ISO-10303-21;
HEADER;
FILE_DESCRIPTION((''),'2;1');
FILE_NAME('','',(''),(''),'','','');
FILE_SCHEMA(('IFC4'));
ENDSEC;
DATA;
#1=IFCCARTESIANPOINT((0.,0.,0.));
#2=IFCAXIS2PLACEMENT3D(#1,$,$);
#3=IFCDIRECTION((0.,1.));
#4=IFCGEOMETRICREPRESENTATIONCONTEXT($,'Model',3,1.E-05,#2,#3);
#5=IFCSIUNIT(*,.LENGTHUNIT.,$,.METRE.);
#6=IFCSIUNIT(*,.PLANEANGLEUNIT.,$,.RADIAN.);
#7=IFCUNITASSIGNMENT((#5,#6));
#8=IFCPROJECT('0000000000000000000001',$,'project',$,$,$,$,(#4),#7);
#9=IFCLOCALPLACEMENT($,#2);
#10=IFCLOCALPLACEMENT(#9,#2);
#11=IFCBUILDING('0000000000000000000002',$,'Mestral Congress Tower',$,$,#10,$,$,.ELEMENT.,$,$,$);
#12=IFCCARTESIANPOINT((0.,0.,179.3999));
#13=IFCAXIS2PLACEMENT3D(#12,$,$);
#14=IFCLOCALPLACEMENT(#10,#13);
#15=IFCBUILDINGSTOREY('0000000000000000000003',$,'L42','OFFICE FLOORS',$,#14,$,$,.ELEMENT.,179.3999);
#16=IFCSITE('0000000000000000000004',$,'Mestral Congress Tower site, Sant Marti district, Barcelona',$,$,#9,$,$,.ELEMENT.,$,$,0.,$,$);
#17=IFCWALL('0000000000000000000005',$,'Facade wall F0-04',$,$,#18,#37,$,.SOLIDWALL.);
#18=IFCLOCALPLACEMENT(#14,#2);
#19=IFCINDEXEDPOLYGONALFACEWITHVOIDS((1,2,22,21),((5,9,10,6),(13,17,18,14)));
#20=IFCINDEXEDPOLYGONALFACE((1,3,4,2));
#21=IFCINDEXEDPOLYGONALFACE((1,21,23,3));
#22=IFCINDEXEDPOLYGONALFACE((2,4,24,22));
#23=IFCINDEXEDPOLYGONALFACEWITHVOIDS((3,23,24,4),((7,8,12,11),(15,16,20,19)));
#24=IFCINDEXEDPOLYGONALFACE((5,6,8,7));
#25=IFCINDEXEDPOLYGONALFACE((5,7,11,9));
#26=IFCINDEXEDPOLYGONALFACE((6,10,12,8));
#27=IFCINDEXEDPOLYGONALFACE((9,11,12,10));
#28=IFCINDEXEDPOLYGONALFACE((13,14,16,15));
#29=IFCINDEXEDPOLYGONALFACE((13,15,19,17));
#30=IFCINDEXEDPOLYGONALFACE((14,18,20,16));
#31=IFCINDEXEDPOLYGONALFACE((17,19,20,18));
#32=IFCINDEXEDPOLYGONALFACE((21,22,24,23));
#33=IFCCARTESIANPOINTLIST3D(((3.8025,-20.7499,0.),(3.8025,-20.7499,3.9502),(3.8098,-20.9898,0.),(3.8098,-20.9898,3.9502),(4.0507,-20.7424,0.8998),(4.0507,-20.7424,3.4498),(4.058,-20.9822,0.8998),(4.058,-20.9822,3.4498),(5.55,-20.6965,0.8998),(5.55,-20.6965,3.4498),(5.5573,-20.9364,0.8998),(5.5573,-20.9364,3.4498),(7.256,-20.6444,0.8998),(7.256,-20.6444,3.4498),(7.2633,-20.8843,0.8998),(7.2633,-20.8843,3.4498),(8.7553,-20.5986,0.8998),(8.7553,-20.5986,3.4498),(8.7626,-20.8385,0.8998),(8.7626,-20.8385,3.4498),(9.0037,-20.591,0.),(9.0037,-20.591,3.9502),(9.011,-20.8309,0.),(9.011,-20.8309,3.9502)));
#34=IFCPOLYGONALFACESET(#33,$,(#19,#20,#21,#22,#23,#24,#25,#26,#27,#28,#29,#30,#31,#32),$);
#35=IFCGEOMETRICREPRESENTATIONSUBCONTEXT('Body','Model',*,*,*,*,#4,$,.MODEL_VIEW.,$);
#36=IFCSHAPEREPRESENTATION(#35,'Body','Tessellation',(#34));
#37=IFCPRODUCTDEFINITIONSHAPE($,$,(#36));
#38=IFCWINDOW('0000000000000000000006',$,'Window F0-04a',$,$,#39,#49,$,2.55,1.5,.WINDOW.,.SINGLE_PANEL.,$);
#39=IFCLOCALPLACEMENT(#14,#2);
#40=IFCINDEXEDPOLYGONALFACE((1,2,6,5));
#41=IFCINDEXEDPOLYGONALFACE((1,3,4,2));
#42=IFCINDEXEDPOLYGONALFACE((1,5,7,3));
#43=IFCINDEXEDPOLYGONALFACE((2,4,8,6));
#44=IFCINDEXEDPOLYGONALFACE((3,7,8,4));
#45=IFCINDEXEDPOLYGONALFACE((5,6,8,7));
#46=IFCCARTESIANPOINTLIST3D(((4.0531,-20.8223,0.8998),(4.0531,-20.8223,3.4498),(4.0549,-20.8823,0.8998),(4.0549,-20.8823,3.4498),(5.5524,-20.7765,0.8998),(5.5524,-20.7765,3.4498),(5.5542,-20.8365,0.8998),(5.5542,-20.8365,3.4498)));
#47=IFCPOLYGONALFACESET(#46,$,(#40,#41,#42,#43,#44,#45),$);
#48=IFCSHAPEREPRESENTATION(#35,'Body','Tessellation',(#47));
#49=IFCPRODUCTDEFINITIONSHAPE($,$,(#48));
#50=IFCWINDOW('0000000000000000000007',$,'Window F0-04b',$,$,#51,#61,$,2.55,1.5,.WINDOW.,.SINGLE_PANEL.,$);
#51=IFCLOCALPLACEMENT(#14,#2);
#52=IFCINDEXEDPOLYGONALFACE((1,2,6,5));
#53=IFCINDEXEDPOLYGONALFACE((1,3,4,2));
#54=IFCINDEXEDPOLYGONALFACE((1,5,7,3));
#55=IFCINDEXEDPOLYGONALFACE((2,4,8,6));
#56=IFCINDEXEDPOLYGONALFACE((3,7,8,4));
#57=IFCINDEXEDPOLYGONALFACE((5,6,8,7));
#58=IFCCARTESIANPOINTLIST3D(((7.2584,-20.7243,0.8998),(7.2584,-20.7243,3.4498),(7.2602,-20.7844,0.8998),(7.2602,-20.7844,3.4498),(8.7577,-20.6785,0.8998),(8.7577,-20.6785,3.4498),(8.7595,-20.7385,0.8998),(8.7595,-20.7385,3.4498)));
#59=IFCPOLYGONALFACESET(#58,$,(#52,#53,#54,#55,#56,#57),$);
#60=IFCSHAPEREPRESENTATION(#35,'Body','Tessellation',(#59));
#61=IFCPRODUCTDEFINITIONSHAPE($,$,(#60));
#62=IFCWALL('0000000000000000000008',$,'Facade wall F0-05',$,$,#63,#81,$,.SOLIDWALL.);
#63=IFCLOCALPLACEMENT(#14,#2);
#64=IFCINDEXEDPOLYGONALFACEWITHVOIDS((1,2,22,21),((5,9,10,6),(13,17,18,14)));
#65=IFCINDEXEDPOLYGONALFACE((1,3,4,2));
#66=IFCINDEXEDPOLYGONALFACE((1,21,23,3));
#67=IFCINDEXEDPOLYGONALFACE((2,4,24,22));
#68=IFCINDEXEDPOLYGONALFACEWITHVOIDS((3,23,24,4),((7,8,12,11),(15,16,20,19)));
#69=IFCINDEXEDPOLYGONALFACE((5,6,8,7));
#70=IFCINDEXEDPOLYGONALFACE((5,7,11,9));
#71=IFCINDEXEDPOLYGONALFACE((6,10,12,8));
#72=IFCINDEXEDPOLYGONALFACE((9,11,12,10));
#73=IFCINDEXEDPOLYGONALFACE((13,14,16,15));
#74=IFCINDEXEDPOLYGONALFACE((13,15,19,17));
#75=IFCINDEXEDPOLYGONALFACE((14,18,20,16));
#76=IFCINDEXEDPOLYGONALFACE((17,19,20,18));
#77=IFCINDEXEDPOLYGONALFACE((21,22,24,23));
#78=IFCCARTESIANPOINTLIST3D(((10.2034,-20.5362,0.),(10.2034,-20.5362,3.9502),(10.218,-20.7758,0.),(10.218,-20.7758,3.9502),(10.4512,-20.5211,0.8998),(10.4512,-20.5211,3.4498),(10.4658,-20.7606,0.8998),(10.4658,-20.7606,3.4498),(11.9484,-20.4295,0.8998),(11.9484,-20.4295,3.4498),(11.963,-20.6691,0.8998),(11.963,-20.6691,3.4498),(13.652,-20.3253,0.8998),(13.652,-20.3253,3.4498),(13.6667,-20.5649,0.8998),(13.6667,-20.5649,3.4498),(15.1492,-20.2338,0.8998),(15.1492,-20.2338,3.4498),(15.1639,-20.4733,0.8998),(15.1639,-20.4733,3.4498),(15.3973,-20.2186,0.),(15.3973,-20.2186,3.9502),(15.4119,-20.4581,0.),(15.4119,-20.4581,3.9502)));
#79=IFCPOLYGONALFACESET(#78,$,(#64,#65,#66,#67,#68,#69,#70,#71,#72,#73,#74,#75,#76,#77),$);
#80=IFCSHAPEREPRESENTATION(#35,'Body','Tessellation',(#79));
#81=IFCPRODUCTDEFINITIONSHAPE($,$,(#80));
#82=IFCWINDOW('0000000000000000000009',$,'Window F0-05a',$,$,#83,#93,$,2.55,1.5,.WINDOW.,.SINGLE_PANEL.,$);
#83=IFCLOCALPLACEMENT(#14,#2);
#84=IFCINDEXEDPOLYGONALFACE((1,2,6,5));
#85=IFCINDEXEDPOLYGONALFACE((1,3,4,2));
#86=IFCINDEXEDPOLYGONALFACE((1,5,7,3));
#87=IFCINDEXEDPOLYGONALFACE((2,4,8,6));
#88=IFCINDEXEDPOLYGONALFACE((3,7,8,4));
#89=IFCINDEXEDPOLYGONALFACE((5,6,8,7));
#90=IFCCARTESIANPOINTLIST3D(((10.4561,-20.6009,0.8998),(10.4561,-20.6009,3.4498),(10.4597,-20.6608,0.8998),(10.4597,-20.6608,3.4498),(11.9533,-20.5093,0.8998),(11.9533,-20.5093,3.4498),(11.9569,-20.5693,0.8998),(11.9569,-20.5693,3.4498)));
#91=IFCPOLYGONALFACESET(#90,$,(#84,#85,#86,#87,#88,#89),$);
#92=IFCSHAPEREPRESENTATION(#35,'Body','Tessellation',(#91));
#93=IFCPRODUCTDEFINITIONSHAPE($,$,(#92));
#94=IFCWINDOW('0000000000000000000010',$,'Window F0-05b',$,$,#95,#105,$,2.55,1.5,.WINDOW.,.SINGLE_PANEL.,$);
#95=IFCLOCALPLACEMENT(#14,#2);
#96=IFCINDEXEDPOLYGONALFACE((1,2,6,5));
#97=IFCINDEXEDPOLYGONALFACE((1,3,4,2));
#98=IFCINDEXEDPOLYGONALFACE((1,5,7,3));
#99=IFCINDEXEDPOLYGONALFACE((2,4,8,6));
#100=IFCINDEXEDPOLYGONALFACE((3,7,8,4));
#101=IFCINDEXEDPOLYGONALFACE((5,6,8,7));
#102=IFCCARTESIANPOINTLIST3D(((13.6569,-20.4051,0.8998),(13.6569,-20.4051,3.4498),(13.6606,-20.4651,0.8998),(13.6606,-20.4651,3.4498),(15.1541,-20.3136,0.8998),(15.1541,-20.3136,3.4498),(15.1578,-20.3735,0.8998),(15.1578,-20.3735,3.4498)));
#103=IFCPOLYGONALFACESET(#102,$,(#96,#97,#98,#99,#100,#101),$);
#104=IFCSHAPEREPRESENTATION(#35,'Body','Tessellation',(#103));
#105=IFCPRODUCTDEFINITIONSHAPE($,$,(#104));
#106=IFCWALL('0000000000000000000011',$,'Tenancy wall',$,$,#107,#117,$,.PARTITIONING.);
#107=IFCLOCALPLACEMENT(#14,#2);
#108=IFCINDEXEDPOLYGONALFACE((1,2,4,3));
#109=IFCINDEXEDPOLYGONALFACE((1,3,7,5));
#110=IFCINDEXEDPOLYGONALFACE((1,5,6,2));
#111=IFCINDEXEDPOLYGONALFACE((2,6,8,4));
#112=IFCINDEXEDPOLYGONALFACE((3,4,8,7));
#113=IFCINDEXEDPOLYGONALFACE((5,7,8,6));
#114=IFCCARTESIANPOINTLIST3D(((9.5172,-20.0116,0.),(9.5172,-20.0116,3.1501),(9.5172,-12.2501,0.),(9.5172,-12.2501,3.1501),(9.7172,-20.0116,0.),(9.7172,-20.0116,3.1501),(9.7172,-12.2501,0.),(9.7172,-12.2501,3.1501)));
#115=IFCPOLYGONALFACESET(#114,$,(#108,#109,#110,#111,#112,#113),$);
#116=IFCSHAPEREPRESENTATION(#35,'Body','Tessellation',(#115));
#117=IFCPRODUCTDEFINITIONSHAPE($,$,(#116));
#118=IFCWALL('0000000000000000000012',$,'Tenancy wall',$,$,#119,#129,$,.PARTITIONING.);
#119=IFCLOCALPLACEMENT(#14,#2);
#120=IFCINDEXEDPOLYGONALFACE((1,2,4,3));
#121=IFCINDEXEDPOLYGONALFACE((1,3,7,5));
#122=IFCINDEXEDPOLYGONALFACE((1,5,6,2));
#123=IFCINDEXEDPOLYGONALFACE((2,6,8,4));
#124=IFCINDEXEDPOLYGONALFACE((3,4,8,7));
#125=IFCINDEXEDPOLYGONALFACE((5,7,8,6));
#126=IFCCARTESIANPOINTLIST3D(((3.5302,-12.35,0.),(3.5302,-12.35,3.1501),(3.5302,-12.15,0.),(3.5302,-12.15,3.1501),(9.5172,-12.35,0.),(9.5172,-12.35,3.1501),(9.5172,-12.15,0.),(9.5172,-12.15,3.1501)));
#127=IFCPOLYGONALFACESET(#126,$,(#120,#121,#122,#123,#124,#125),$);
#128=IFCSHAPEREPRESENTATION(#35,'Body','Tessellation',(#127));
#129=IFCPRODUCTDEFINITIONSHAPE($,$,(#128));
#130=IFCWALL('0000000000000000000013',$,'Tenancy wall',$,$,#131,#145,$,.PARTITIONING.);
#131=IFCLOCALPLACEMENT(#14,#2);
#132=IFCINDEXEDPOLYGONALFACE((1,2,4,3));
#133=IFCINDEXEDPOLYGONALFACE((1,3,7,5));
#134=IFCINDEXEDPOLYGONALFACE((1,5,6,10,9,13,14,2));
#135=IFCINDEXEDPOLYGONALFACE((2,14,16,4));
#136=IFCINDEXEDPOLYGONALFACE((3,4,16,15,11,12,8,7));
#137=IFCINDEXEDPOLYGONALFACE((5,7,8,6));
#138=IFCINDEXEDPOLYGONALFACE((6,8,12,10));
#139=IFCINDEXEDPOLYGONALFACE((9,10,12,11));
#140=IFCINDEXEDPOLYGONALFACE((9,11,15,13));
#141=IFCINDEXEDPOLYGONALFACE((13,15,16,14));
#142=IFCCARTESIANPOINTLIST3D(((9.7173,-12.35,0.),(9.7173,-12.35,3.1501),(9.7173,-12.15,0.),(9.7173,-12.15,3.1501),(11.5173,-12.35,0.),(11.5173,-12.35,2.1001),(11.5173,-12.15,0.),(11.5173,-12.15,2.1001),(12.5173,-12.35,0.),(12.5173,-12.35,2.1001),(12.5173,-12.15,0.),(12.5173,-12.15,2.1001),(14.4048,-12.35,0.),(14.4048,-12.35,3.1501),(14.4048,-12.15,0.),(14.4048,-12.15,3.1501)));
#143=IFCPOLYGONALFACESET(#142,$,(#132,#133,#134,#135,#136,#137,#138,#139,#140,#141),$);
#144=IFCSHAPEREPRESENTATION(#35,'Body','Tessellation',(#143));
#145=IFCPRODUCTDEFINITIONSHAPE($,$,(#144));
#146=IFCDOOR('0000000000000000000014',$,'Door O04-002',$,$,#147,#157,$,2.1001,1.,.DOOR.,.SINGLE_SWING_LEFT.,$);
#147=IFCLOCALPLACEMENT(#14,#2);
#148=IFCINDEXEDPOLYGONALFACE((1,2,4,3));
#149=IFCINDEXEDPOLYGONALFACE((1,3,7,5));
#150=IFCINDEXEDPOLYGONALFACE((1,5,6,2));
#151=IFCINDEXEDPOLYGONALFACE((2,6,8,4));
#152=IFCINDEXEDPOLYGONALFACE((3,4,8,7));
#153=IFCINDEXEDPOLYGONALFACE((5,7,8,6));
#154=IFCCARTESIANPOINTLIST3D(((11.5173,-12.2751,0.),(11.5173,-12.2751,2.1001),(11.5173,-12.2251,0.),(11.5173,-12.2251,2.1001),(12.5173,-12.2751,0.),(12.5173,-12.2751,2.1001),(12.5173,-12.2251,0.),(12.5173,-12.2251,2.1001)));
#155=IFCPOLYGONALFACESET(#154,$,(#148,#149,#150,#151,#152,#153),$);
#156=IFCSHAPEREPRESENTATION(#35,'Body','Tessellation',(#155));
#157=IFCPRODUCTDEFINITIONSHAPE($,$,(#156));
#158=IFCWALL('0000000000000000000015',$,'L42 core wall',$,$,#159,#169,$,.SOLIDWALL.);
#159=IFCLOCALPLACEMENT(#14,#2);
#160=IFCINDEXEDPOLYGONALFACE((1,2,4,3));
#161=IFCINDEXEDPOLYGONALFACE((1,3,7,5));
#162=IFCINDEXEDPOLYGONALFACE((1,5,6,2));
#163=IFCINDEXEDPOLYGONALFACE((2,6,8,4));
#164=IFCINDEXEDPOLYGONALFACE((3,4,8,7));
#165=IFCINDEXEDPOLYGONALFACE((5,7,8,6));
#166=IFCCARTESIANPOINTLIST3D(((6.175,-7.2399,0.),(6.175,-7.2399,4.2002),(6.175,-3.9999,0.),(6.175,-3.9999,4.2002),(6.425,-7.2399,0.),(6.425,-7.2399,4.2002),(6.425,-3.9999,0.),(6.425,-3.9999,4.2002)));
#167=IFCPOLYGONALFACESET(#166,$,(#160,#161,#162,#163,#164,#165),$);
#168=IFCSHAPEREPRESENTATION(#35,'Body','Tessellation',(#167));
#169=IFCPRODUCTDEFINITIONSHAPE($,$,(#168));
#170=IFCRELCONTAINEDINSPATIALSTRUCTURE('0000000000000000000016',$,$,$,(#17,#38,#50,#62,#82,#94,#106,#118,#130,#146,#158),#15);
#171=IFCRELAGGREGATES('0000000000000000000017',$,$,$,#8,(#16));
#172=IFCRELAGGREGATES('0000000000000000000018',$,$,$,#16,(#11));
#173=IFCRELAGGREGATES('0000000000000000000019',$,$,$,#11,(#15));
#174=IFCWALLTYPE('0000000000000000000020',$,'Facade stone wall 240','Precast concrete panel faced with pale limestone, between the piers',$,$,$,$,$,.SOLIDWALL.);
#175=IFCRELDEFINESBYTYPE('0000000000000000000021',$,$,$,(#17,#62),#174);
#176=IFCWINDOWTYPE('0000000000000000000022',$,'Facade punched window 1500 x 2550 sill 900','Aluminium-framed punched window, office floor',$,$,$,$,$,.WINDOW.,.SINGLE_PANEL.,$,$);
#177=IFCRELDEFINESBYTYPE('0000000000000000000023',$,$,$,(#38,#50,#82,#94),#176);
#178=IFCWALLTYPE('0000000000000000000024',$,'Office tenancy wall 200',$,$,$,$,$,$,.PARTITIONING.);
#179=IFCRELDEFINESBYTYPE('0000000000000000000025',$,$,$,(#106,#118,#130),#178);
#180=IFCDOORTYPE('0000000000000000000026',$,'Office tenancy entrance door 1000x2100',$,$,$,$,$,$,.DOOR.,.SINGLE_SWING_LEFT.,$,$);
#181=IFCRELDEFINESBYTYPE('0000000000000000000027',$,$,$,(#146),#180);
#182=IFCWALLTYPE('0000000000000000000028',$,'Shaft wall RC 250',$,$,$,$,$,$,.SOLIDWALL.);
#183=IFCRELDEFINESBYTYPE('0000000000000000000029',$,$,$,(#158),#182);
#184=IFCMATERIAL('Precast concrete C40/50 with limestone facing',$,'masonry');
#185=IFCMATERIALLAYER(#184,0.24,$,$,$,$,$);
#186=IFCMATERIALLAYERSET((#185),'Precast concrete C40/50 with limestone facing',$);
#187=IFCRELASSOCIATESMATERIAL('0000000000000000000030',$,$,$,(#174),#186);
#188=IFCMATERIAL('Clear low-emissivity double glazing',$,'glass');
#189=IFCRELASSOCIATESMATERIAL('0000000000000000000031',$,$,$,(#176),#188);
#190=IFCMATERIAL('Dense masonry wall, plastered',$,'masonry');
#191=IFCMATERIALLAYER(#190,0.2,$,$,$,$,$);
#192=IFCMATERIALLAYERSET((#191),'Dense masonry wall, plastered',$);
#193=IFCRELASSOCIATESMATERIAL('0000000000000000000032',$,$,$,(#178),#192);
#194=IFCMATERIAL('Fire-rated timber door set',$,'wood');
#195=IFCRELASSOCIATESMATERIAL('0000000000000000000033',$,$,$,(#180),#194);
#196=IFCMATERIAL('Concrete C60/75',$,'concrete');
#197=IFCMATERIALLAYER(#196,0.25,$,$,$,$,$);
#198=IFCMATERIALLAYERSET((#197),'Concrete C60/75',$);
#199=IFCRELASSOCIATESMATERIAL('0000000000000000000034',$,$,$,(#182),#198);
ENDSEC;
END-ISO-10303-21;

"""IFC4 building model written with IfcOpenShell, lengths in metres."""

from ifc_helpers import new_model, si_unit, direction, frame, frame_2d, origin, place, context, subcontext, project, spatial, rectangle, extrude, material, layer, layer_set, type_object, element, fill, save


model = new_model("IFC4")

# Units and contexts
model_context = context("Model", 3, precision=1e-05, world=origin(), true_north=direction((0.0, 1.0)))
body_context = subcontext(model_context, "Body", "Model", "MODEL_VIEW")
ifc_project = project(units=[si_unit("LENGTHUNIT", "METRE"), si_unit("PLANEANGLEUNIT", "RADIAN")], contexts=[model_context])

# Site, building, storey
site_placement = place(None, origin())
site = spatial("IfcSite", under=ifc_project, at=site_placement, Name="Mestral Congress Tower site, Sant Marti district, Barcelona", CompositionType="ELEMENT", RefElevation=0.0)
building_placement = place(site_placement, origin())
building = spatial("IfcBuilding", under=site, at=building_placement, Name="Mestral Congress Tower", CompositionType="ELEMENT")
storey_placement = place(building_placement, frame((0.0, 0.0, 179.3999)))
storey = spatial("IfcBuildingStorey", under=building, at=storey_placement, Name="L42", Description="OFFICE FLOORS", CompositionType="ELEMENT", Elevation=179.3999)

# Shared definitions
ifc_material_1 = material(Name="Concrete C60/75", Category="concrete")

# Walls, openings, windows
ifc_material_2 = material(Name="Precast concrete C40/50 with limestone facing", Category="masonry")
ifc_layer_1 = layer(ifc_material_2, 0.24)
ifc_layer_set_1 = layer_set([ifc_layer_1], Name="Precast concrete C40/50 with limestone facing")
wall_type_1 = type_object("IfcWallType", Name="Facade stone wall 240", Description="Precast concrete panel faced with pale limestone, between the piers", PredefinedType="SOLIDWALL", material=ifc_layer_set_1)
wall_1_placement = place(storey_placement, frame((3.8062, -20.8699, 0.0), z_axis=(0.0, 0.0, 1.0), x_axis=(0.999533, 0.030543, 0.0)))
wall_1 = element("IfcWall", 1, at=wall_1_placement, inside=storey, type_object=wall_type_1, Name="Facade wall F0-04", PredefinedType="SOLIDWALL", context=body_context, shape_type="SweptSolid", body=[
    extrude(rectangle(XDim=5.2036, YDim=0.24, at=frame_2d((2.6018, 0.0))), origin(), (0.0, 0.0, 1.0), 3.9502),
])
opening_1_placement = place(wall_1_placement, frame((0.2483, 0.0, 0.8999)))
opening_1 = element("IfcOpeningElement", 2, at=opening_1_placement, cuts=wall_1, PredefinedType="OPENING", context=body_context, shape_type="SweptSolid", body=[
    extrude(rectangle(XDim=1.5, YDim=2.55, at=frame_2d((0.75, 1.2749))), frame((0.0, 0.1299, 0.0), z_axis=(0.0, -1.0, 0.0), x_axis=(1.0, 0.0, 0.0)), (0.0, 0.0, 1.0), 0.26),
])
opening_2_placement = place(wall_1_placement, frame((3.4551, 0.0, 0.8999)))
opening_2 = element("IfcOpeningElement", 3, at=opening_2_placement, cuts=wall_1, PredefinedType="OPENING", context=body_context, shape_type="SweptSolid", body=[
    extrude(rectangle(XDim=1.5, YDim=2.55, at=frame_2d((0.75, 1.2749))), frame((0.0, 0.1299, 0.0), z_axis=(0.0, -1.0, 0.0), x_axis=(1.0, 0.0, 0.0)), (0.0, 0.0, 1.0), 0.26),
])
ifc_material_3 = material(Name="Clear low-emissivity double glazing", Category="glass")
window_type = type_object("IfcWindowType", Name="Facade punched window 1500 x 2550 sill 900", Description="Aluminium-framed punched window, office floor", PartitioningType="SINGLE_PANEL", PredefinedType="WINDOW", material=ifc_material_3)
window_1_placement = place(opening_1_placement, origin())
window_1 = element("IfcWindow", 4, at=window_1_placement, inside=storey, type_object=window_type, Name="Window F0-04a", OverallHeight=2.55, OverallWidth=1.5, PartitioningType="SINGLE_PANEL", PredefinedType="WINDOW", context=body_context, shape_type="SweptSolid", body=[
    extrude(rectangle(XDim=1.5, YDim=2.55, at=frame_2d((0.75, 1.2749))), frame((0.0, 0.04, 0.0), z_axis=(0.0, -1.0, 0.0), x_axis=(1.0, 0.0, 0.0)), (0.0, 0.0, 1.0), 0.0601),
])
fill(opening_1, window_1)
window_2_placement = place(opening_2_placement, origin())
window_2 = element("IfcWindow", 5, at=window_2_placement, inside=storey, type_object=window_type, Name="Window F0-04b", OverallHeight=2.55, OverallWidth=1.5, PartitioningType="SINGLE_PANEL", PredefinedType="WINDOW", context=body_context, shape_type="SweptSolid", body=[
    extrude(rectangle(XDim=1.5, YDim=2.55, at=frame_2d((0.75, 1.2749))), frame((0.0, 0.04, 0.0), z_axis=(0.0, -1.0, 0.0), x_axis=(1.0, 0.0, 0.0)), (0.0, 0.0, 1.0), 0.0601),
])
fill(opening_2, window_2)
wall_2_placement = place(storey_placement, frame((10.2107, -20.656, 0.0), z_axis=(0.0, 0.0, 1.0), x_axis=(0.998135, 0.06104, 0.0)))
wall_2 = element("IfcWall", 6, at=wall_2_placement, inside=storey, type_object=wall_type_1, Name="Facade wall F0-05", PredefinedType="SOLIDWALL", context=body_context, shape_type="SweptSolid", body=[
    extrude(rectangle(XDim=5.2036, YDim=0.24, at=frame_2d((2.6018, 0.0))), origin(), (0.0, 0.0, 1.0), 3.9502),
])
opening_3_placement = place(wall_2_placement, frame((0.2483, 0.0, 0.8999)))
opening_3 = element("IfcOpeningElement", 7, at=opening_3_placement, cuts=wall_2, PredefinedType="OPENING", context=body_context, shape_type="SweptSolid", body=[
    extrude(rectangle(XDim=1.5, YDim=2.55, at=frame_2d((0.75, 1.2749))), frame((0.0, 0.1299, 0.0), z_axis=(0.0, -1.0, 0.0), x_axis=(1.0, 0.0, 0.0)), (0.0, 0.0, 1.0), 0.26),
])
opening_4_placement = place(wall_2_placement, frame((3.4551, 0.0, 0.8999)))
opening_4 = element("IfcOpeningElement", 8, at=opening_4_placement, cuts=wall_2, PredefinedType="OPENING", context=body_context, shape_type="SweptSolid", body=[
    extrude(rectangle(XDim=1.5, YDim=2.55, at=frame_2d((0.75, 1.2749))), frame((0.0, 0.1299, 0.0), z_axis=(0.0, -1.0, 0.0), x_axis=(1.0, 0.0, 0.0)), (0.0, 0.0, 1.0), 0.26),
])
window_3_placement = place(opening_3_placement, origin())
window_3 = element("IfcWindow", 9, at=window_3_placement, inside=storey, type_object=window_type, Name="Window F0-05a", OverallHeight=2.55, OverallWidth=1.5, PartitioningType="SINGLE_PANEL", PredefinedType="WINDOW", context=body_context, shape_type="SweptSolid", body=[
    extrude(rectangle(XDim=1.5, YDim=2.55, at=frame_2d((0.75, 1.2749))), frame((0.0, 0.04, 0.0), z_axis=(0.0, -1.0, 0.0), x_axis=(1.0, 0.0, 0.0)), (0.0, 0.0, 1.0), 0.0601),
])
fill(opening_3, window_3)
window_4_placement = place(opening_4_placement, origin())
window_4 = element("IfcWindow", 10, at=window_4_placement, inside=storey, type_object=window_type, Name="Window F0-05b", OverallHeight=2.55, OverallWidth=1.5, PartitioningType="SINGLE_PANEL", PredefinedType="WINDOW", context=body_context, shape_type="SweptSolid", body=[
    extrude(rectangle(XDim=1.5, YDim=2.55, at=frame_2d((0.75, 1.2749))), frame((0.0, 0.04, 0.0), z_axis=(0.0, -1.0, 0.0), x_axis=(1.0, 0.0, 0.0)), (0.0, 0.0, 1.0), 0.0601),
])
fill(opening_4, window_4)

# Walls
ifc_material_4 = material(Name="Dense masonry wall, plastered", Category="masonry")
ifc_layer_2 = layer(ifc_material_4, 0.2)
ifc_layer_set_2 = layer_set([ifc_layer_2], Name="Dense masonry wall, plastered")
wall_type_2 = type_object("IfcWallType", Name="Office tenancy wall 200", PredefinedType="PARTITIONING", material=ifc_layer_set_2)
wall_3_placement = place(storey_placement, frame((9.6172, -12.25, 0.0), z_axis=(0.0, 0.0, 1.0), x_axis=(0.0, -1.0, 0.0)))
element("IfcWall", 11, at=wall_3_placement, inside=storey, type_object=wall_type_2, Name="Tenancy wall", PredefinedType="PARTITIONING", context=body_context, shape_type="SweptSolid", body=[
    extrude(rectangle(XDim=7.7615, YDim=0.2, at=frame_2d((3.8809, 0.0))), origin(), (0.0, 0.0, 1.0), 3.1501),
])
wall_4_placement = place(storey_placement, frame((3.53, -12.25, 0.0), z_axis=(0.0, 0.0, 1.0), x_axis=(1.0, 0.0, 0.0)))
element("IfcWall", 12, at=wall_4_placement, inside=storey, type_object=wall_type_2, Name="Tenancy wall", PredefinedType="PARTITIONING", context=body_context, shape_type="SweptSolid", body=[
    extrude(rectangle(XDim=5.9871, YDim=0.2, at=frame_2d((2.9937, 0.0))), origin(), (0.0, 0.0, 1.0), 3.1501),
])

# Wall, opening, door
wall_5_placement = place(storey_placement, frame((9.7173, -12.25, 0.0), z_axis=(0.0, 0.0, 1.0), x_axis=(1.0, 0.0, 0.0)))
wall_5 = element("IfcWall", 13, at=wall_5_placement, inside=storey, type_object=wall_type_2, Name="Tenancy wall", PredefinedType="PARTITIONING", context=body_context, shape_type="SweptSolid", body=[
    extrude(rectangle(XDim=4.6875, YDim=0.2, at=frame_2d((2.3438, 0.0))), origin(), (0.0, 0.0, 1.0), 3.1501),
])
opening_5_placement = place(wall_5_placement, frame((1.8, 0.0, 0.0)))
opening_5 = element("IfcOpeningElement", 14, at=opening_5_placement, cuts=wall_5, PredefinedType="OPENING", context=body_context, shape_type="SweptSolid", body=[
    extrude(rectangle(XDim=1.0, YDim=2.1001, at=frame_2d((0.5, 1.05))), frame((0.0, 0.1099, 0.0), z_axis=(0.0, -1.0, 0.0), x_axis=(1.0, 0.0, 0.0)), (0.0, 0.0, 1.0), 0.22),
])
ifc_material_5 = material(Name="Fire-rated timber door set", Category="wood")
door_type_1 = type_object("IfcDoorType", Name="Office tenancy entrance door 1000x2100", OperationType="SINGLE_SWING_LEFT", PredefinedType="DOOR", material=ifc_material_5)
door_1_placement = place(opening_5_placement, origin())
door_1 = element("IfcDoor", 15, at=door_1_placement, inside=storey, type_object=door_type_1, Name="Door O04-002", OperationType="SINGLE_SWING_LEFT", OverallHeight=2.1001, OverallWidth=1.0, PredefinedType="DOOR", context=body_context, shape_type="SweptSolid", body=[
    extrude(rectangle(XDim=1.0, YDim=2.1001, at=frame_2d((0.5, 1.05))), frame((0.0, 0.0249, 0.0), z_axis=(0.0, -1.0, 0.0), x_axis=(1.0, 0.0, 0.0)), (0.0, 0.0, 1.0), 0.05),
])
fill(opening_5, door_1)

# Wall
ifc_layer_3 = layer(ifc_material_1, 0.25)
ifc_layer_set_3 = layer_set([ifc_layer_3], Name="Concrete C60/75")
wall_type_3 = type_object("IfcWallType", Name="Shaft wall RC 250", PredefinedType="SOLIDWALL", material=ifc_layer_set_3)
wall_6_placement = place(storey_placement, frame((6.3, -7.24, 0.0), z_axis=(0.0, 0.0, 1.0), x_axis=(0.0, 1.0, 0.0)))
element("IfcWall", 16, at=wall_6_placement, inside=storey, type_object=wall_type_3, Name="L42 core wall", PredefinedType="SOLIDWALL", context=body_context, shape_type="SweptSolid", body=[
    extrude(rectangle(XDim=3.24, YDim=0.25, at=frame_2d((1.6201, 0.0))), origin(), (0.0, 0.0, 1.0), 4.2002),
])

save(model, "model.ifc")
